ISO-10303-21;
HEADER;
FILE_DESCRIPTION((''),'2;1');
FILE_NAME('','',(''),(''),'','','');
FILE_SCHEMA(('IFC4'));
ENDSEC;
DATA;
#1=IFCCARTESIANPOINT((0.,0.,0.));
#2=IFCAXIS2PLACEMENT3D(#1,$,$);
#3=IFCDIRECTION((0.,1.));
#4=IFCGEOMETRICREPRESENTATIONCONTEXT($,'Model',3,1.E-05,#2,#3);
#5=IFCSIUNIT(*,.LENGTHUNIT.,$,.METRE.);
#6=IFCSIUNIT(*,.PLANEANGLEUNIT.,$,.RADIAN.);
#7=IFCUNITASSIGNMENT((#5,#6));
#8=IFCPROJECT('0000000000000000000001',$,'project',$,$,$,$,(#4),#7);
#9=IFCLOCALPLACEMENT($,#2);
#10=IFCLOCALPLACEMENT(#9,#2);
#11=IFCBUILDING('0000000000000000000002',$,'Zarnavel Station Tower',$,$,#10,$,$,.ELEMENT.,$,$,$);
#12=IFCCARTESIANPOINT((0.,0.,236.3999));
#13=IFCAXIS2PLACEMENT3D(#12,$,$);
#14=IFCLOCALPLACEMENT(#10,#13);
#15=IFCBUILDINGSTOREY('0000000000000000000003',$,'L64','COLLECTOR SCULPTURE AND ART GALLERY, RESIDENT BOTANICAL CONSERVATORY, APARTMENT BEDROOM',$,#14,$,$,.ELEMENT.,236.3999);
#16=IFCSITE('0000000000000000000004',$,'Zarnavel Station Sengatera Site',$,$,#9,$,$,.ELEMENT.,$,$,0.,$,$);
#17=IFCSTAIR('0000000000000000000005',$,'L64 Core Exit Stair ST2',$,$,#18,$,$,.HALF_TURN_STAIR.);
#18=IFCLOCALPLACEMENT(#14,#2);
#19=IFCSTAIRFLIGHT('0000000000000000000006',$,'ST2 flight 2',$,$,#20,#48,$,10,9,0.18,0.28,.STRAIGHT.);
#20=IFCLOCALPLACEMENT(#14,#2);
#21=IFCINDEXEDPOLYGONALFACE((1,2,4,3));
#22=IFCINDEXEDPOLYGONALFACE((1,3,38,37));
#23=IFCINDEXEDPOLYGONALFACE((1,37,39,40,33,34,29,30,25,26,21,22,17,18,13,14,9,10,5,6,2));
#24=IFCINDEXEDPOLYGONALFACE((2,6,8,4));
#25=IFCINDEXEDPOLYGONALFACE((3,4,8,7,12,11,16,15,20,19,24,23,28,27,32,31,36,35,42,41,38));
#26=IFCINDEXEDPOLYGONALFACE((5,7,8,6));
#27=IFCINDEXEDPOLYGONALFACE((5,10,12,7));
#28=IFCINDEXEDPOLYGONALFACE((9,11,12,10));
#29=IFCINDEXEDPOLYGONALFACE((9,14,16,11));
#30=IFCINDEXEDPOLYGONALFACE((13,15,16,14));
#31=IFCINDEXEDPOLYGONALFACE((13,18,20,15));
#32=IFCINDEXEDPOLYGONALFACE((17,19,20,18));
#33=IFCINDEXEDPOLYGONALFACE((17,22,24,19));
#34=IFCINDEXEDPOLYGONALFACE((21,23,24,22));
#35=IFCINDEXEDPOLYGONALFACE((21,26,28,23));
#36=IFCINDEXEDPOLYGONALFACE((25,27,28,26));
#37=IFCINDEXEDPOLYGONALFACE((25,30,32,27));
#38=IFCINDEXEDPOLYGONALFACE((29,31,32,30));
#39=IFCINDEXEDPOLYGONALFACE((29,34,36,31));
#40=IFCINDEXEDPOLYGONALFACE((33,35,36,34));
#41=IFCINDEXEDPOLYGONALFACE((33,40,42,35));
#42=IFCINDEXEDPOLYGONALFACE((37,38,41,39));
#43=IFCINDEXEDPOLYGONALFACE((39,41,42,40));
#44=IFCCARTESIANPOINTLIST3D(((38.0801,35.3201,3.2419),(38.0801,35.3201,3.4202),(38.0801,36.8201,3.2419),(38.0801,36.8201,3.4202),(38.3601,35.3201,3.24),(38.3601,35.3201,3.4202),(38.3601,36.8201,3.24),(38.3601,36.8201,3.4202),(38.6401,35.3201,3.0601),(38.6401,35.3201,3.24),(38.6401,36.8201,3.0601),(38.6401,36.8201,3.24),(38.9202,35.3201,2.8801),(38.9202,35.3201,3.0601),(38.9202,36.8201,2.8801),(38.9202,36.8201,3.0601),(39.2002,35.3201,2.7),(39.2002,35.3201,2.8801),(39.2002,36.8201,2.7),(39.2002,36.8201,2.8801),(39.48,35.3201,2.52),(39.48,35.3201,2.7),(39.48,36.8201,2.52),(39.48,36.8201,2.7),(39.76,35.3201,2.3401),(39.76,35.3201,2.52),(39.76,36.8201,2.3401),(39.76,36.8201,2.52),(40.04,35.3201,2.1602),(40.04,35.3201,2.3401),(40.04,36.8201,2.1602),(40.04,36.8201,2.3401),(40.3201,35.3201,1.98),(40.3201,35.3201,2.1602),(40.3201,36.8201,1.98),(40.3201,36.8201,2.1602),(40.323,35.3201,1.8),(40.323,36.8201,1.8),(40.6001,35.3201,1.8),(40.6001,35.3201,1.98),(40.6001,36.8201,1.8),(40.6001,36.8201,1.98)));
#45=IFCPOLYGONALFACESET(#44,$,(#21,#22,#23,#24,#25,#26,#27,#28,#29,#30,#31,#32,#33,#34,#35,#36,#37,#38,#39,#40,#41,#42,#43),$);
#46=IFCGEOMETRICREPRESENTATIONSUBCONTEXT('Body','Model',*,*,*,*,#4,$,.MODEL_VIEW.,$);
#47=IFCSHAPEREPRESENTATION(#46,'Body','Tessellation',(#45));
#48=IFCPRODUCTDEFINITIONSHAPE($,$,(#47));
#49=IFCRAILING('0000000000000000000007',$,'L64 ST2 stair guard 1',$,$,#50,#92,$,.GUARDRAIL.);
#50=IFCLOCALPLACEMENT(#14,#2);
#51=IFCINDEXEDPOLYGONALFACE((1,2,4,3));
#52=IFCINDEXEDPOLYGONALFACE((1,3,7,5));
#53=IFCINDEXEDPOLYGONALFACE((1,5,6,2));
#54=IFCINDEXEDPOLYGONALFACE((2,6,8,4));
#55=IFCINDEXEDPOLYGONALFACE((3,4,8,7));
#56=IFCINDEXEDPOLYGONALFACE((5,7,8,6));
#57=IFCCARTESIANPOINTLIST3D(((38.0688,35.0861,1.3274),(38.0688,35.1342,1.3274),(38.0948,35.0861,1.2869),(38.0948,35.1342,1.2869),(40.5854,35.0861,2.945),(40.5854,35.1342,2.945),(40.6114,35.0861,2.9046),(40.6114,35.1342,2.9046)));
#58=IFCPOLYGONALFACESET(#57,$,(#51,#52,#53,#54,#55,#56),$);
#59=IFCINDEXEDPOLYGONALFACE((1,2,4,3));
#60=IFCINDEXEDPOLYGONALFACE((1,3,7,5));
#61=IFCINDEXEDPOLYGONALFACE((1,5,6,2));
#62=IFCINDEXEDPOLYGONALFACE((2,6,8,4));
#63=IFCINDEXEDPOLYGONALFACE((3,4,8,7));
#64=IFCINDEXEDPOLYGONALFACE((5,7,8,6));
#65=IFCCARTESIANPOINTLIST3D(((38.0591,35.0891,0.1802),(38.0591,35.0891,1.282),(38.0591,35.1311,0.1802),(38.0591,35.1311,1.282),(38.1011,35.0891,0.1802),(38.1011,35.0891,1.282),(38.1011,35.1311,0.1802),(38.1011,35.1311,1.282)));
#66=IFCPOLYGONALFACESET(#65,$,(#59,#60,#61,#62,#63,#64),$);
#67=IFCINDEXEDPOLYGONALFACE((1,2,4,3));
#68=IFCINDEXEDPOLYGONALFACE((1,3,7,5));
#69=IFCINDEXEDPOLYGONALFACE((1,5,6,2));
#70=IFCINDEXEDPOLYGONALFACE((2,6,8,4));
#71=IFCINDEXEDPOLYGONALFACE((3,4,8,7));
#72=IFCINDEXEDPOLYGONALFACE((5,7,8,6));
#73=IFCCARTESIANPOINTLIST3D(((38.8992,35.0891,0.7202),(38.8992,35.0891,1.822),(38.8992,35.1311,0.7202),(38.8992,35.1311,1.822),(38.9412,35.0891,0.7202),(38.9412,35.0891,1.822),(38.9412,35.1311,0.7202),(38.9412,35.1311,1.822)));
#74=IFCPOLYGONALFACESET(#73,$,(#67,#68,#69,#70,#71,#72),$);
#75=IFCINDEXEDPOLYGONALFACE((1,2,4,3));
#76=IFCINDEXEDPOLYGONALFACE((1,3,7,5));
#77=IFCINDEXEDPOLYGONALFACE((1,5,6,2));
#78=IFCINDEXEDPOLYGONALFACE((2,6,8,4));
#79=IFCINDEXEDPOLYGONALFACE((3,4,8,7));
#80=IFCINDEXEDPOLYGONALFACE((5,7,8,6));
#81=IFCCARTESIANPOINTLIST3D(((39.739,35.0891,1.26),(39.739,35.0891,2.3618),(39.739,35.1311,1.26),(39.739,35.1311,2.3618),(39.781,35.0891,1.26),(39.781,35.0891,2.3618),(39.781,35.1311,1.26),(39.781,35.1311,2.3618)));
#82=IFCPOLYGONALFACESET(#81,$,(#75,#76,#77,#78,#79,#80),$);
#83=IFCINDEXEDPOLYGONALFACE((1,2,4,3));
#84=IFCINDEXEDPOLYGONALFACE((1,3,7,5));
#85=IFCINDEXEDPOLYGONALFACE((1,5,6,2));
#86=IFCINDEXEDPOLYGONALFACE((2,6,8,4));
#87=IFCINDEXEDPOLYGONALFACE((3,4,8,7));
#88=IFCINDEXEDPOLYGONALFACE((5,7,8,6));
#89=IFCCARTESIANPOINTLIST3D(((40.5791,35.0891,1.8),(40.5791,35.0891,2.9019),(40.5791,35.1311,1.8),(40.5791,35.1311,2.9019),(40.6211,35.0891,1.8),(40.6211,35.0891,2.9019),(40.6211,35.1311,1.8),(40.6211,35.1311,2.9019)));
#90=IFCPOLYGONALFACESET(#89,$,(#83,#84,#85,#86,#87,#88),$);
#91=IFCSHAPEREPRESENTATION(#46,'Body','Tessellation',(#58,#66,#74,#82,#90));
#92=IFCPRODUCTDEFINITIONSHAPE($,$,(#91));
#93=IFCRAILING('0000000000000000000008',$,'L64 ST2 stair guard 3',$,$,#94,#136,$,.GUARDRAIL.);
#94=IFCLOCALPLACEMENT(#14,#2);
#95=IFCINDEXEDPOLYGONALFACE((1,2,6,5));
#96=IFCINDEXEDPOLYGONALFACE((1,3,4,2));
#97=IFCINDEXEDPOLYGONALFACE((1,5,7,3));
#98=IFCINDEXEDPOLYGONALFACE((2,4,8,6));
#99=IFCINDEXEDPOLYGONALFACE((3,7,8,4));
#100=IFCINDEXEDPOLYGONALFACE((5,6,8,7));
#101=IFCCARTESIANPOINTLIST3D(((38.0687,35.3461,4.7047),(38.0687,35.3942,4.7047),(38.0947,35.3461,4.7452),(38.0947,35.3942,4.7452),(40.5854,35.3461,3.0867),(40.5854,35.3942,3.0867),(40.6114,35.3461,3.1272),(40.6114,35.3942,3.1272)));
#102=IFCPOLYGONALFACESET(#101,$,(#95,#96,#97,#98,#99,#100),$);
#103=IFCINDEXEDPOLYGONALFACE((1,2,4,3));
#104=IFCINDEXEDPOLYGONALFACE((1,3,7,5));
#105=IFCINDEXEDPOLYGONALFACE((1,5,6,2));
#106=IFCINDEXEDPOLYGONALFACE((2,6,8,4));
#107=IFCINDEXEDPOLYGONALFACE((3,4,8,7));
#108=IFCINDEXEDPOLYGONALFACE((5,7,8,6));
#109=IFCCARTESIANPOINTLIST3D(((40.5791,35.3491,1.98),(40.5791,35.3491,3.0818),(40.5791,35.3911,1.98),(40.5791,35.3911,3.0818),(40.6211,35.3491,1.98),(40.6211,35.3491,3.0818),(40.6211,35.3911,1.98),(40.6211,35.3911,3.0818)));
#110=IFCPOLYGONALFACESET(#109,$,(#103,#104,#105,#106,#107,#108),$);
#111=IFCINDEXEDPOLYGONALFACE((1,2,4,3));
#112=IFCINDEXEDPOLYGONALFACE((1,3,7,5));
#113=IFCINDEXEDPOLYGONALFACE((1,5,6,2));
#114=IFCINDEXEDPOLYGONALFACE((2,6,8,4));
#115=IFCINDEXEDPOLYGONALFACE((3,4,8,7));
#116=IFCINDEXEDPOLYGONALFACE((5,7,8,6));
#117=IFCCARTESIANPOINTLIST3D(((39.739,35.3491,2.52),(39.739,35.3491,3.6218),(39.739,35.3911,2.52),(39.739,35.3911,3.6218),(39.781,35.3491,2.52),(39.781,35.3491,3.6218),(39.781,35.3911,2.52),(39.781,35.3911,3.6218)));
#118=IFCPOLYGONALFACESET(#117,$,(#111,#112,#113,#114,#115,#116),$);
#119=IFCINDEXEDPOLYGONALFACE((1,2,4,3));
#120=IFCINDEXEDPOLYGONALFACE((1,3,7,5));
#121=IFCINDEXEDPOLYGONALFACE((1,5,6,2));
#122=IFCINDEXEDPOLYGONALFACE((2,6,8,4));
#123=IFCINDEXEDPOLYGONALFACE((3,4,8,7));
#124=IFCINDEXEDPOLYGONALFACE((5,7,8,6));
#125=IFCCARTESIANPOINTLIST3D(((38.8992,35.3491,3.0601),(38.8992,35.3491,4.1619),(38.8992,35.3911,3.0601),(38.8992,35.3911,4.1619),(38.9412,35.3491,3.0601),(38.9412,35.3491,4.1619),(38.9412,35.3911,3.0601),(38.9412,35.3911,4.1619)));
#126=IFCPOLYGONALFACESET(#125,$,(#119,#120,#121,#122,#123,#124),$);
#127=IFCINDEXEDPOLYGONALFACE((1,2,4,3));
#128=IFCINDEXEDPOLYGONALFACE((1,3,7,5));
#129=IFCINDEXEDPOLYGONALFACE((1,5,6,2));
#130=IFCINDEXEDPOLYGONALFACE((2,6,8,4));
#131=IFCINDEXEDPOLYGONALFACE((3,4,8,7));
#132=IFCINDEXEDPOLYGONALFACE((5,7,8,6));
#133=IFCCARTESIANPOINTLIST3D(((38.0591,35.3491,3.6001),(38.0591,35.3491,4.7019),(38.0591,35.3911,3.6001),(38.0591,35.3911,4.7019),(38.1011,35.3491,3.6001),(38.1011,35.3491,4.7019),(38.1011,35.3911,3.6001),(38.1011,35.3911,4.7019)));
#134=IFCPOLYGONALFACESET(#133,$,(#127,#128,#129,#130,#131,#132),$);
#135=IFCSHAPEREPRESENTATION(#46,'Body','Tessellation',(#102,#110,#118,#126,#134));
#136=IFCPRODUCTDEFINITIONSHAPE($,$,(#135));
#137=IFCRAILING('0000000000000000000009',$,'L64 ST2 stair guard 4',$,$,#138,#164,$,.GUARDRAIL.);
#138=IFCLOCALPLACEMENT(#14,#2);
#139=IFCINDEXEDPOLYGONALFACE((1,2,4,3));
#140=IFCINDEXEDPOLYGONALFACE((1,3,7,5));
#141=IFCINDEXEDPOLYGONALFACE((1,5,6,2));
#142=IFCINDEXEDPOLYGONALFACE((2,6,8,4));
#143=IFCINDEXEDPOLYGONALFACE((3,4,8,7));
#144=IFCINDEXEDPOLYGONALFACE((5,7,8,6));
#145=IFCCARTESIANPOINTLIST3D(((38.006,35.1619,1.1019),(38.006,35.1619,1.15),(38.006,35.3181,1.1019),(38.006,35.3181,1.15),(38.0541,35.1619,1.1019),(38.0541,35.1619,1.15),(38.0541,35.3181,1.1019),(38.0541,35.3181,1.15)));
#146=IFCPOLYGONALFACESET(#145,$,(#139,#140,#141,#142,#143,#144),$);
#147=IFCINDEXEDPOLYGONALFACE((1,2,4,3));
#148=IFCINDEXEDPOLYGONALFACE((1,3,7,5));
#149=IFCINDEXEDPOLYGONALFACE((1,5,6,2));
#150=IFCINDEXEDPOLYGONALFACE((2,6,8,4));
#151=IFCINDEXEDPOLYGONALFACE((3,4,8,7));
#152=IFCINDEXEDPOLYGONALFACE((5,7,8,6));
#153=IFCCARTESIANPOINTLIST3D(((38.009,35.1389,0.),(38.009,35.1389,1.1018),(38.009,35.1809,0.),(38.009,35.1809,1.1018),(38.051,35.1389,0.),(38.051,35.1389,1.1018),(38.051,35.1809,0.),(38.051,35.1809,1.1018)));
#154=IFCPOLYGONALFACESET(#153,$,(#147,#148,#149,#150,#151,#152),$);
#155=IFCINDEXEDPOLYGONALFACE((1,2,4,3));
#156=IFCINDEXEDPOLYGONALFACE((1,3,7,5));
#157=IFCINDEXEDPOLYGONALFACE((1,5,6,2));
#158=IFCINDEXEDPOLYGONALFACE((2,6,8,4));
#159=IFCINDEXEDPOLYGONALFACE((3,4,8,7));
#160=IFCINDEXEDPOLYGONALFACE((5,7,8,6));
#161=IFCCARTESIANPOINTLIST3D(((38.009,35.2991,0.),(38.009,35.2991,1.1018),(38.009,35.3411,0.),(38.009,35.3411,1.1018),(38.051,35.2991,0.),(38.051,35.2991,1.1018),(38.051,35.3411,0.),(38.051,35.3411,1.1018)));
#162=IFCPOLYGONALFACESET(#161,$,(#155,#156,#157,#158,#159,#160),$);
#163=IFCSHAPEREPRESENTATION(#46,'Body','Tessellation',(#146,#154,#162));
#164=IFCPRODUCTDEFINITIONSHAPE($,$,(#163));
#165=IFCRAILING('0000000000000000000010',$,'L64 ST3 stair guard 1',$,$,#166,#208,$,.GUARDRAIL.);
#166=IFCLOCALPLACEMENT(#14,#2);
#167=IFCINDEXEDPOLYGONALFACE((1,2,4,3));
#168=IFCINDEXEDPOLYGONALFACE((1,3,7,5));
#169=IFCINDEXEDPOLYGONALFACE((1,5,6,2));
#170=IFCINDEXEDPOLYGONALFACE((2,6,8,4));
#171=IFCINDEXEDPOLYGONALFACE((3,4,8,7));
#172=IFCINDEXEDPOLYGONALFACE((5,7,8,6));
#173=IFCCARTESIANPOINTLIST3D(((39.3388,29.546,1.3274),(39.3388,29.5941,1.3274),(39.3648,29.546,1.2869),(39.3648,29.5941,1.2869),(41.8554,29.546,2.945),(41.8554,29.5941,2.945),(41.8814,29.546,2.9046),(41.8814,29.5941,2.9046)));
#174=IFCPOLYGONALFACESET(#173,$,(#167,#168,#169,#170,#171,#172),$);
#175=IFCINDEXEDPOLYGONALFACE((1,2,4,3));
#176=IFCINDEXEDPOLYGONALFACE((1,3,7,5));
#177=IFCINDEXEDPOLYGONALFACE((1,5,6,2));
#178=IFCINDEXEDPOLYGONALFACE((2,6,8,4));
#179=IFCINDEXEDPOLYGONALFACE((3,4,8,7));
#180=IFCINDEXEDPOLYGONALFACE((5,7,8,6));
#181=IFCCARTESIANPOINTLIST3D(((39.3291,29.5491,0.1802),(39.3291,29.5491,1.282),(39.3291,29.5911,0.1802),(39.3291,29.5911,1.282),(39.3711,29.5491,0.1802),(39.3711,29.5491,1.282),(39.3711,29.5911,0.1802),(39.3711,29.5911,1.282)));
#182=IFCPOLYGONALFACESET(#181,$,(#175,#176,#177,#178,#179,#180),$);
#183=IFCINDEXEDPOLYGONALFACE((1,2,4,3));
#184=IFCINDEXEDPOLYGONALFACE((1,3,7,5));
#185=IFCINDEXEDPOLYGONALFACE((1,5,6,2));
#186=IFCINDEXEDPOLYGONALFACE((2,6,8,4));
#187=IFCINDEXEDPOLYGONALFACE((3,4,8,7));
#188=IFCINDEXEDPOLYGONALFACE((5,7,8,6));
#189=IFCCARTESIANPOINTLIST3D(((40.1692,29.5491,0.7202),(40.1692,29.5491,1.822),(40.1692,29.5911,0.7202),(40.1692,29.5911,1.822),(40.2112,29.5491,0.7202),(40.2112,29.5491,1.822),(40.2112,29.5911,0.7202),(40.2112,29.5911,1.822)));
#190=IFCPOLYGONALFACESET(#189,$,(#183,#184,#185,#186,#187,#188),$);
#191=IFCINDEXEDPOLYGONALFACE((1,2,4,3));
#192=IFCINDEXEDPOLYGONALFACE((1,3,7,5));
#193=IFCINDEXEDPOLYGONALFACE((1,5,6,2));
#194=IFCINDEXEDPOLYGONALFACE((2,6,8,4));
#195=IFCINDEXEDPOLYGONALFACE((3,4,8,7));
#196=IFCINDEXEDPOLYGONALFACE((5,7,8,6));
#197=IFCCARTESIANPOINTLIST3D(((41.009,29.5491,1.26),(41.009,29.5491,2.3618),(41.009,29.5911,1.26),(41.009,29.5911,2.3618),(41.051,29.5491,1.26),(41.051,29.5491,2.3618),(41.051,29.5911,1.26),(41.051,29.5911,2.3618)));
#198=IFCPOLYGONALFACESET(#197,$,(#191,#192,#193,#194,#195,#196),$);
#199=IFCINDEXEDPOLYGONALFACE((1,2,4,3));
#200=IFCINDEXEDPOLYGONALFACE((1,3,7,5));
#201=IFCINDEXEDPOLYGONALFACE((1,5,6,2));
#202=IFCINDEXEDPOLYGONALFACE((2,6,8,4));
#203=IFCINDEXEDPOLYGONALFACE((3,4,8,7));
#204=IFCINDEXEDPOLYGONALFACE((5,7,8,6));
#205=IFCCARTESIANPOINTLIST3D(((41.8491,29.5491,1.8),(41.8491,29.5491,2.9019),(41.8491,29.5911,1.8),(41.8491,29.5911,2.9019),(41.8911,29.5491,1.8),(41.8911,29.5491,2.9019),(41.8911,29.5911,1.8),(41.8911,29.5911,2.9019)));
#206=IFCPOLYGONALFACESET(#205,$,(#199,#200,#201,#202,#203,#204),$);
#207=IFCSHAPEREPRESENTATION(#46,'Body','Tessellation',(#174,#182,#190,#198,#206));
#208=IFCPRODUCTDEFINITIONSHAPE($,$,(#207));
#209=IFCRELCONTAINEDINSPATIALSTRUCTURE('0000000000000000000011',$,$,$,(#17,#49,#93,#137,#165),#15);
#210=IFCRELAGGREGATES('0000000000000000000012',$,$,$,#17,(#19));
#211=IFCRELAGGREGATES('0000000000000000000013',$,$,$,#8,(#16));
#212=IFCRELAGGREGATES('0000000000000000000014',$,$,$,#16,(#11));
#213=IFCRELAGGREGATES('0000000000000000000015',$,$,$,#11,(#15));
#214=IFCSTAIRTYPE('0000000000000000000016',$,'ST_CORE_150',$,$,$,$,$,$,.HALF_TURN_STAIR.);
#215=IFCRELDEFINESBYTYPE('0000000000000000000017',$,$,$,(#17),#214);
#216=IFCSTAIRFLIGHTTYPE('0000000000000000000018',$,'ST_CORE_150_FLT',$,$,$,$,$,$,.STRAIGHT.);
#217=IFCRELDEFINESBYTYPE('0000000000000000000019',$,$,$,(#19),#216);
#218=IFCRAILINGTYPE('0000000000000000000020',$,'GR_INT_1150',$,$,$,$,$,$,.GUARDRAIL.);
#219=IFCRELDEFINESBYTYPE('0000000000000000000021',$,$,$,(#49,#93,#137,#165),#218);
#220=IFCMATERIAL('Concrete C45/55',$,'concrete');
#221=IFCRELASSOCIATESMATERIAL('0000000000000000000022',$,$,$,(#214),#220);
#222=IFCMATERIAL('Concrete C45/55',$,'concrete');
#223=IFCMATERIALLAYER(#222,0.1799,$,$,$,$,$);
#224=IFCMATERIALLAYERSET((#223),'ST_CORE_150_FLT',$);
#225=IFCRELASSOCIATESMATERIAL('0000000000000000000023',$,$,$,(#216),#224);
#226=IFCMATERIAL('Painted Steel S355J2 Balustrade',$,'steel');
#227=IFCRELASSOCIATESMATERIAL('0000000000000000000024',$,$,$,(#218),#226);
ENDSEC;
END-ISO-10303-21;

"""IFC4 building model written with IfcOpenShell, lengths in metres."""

from ifc_helpers import new_model, si_unit, direction, frame, origin, origin_2d, place, context, subcontext, project, spatial, polyline, rectangle, outline, extrude, material, layer, layer_set, type_object, element, aggregate, save


model = new_model("IFC4")

# Units and contexts
model_context = context("Model", 3, precision=1e-05, world=origin(), true_north=direction((0.0, 1.0)))
body_context = subcontext(model_context, "Body", "Model", "MODEL_VIEW")
ifc_project = project(units=[si_unit("LENGTHUNIT", "METRE"), si_unit("PLANEANGLEUNIT", "RADIAN")], contexts=[model_context])

# Site, building, storey
site_placement = place(None, origin())
site = spatial("IfcSite", under=ifc_project, at=site_placement, Name="Zarnavel Station Sengatera Site", CompositionType="ELEMENT", RefElevation=0.0)
building_placement = place(site_placement, origin())
building = spatial("IfcBuilding", under=site, at=building_placement, Name="Zarnavel Station Tower", CompositionType="ELEMENT")
storey_placement = place(building_placement, frame((0.0, 0.0, 236.3999)))
storey = spatial("IfcBuildingStorey", under=building, at=storey_placement, Name="L64", Description="COLLECTOR SCULPTURE AND ART GALLERY, RESIDENT BOTANICAL CONSERVATORY, APARTMENT BEDROOM", CompositionType="ELEMENT", Elevation=236.3999)

# Stair, stair flight
ifc_material_1 = material(Name="Concrete C45/55", Category="concrete")
stair_type = type_object("IfcStairType", Name="ST_CORE_150", PredefinedType="HALF_TURN_STAIR", material=ifc_material_1)
stair_placement = place(storey_placement, origin())
stair = element("IfcStair", 1, at=stair_placement, inside=storey, type_object=stair_type, Name="L64 Core Exit Stair ST2", PredefinedType="HALF_TURN_STAIR")
ifc_material_2 = material(Name="Concrete C45/55", Category="concrete")
ifc_layer_1 = layer(ifc_material_2, 0.1799)
ifc_layer_set_1 = layer_set([ifc_layer_1], Name="ST_CORE_150_FLT")
stair_flight_type = type_object("IfcStairFlightType", Name="ST_CORE_150_FLT", PredefinedType="STRAIGHT", material=ifc_layer_set_1)
stair_flight_1_placement = place(storey_placement, frame((40.6001, 36.0701, 1.8), z_axis=(0.0, 0.0, 1.0), x_axis=(-1.0, 0.0, 0.0)))
stair_flight_1 = element("IfcStairFlight", 2, at=stair_flight_1_placement, type_object=stair_flight_type, Name="ST2 flight 2", NumberOfRisers=10, NumberOfTreads=9, PredefinedType="STRAIGHT", RiserHeight=0.18, TreadLength=0.28, context=body_context, shape_type="SweptSolid", body=[
    extrude(outline(polyline([(0.0, 0.0), (0.0, 0.1799), (0.28, 0.1799), (0.28, 0.3601), (0.5601, 0.3601), (0.5601, 0.54), (0.8401, 0.54), (0.8401, 0.72), (1.1201, 0.72), (1.1201, 0.8999), (1.3999, 0.8999), (1.3999, 1.0801), (1.6799, 1.0801), (1.6799, 1.26), (1.96, 1.26), (1.96, 1.4399), (2.24, 1.4399), (2.24, 1.6201), (2.52, 1.6201), (2.52, 1.8), (2.52, 1.4419), (0.2771, 0.0), (0.0, 0.0)])), frame((0.0, 0.75, 0.0), z_axis=(0.0, -1.0, 0.0), x_axis=(1.0, 0.0, 0.0)), (0.0, 0.0, 1.0), 1.5),
])
aggregate(stair, [stair_flight_1])

# Railings
ifc_material_3 = material(Name="Painted Steel S355J2 Balustrade", Category="steel")
railing_type_1 = type_object("IfcRailingType", Name="GR_INT_1150", PredefinedType="GUARDRAIL", material=ifc_material_3)
railing_1_placement = place(storey_placement, frame((38.0801, 35.1101, 0.1802)))
element("IfcRailing", 3, at=railing_1_placement, inside=storey, type_object=railing_type_1, Name="L64 ST2 stair guard 1", PredefinedType="GUARDRAIL", context=body_context, shape_type="SweptSolid", body=[
    extrude(rectangle(XDim=0.0481, YDim=0.0481, at=origin_2d()), frame((0.0017, 0.0, 1.127), z_axis=(0.8412, 0.0, 0.540725), x_axis=(0.0, 1.0, 0.0)), (0.0, 0.0, 1.0), 2.9917),
    extrude(rectangle(XDim=0.042, YDim=0.042, at=origin_2d()), origin(), (0.0, 0.0, 1.0), 1.1018),
    extrude(rectangle(XDim=0.042, YDim=0.042, at=origin_2d()), frame((0.8401, 0.0, 0.54)), (0.0, 0.0, 1.0), 1.1018),
    extrude(rectangle(XDim=0.042, YDim=0.042, at=origin_2d()), frame((1.6799, 0.0, 1.0798)), (0.0, 0.0, 1.0), 1.1018),
    extrude(rectangle(XDim=0.042, YDim=0.042, at=origin_2d()), frame((2.52, 0.0, 1.6199)), (0.0, 0.0, 1.0), 1.1018),
])
railing_2_placement = place(storey_placement, frame((40.6001, 35.3701, 1.98)))
element("IfcRailing", 4, at=railing_2_placement, inside=storey, type_object=railing_type_1, Name="L64 ST2 stair guard 3", PredefinedType="GUARDRAIL", context=body_context, shape_type="SweptSolid", body=[
    extrude(rectangle(XDim=0.0481, YDim=0.0481, at=origin_2d()), frame((-0.0017, 0.0, 1.127), z_axis=(-0.841163, 0.0, 0.540782), x_axis=(0.0, -1.0, 0.0)), (0.0, 0.0, 1.0), 2.9919),
    extrude(rectangle(XDim=0.042, YDim=0.042, at=origin_2d()), origin(), (0.0, 0.0, 1.0), 1.1018),
    extrude(rectangle(XDim=0.042, YDim=0.042, at=origin_2d()), frame((-0.8401, 0.0, 0.54)), (0.0, 0.0, 1.0), 1.1018),
    extrude(rectangle(XDim=0.042, YDim=0.042, at=origin_2d()), frame((-1.6799, 0.0, 1.0801)), (0.0, 0.0, 1.0), 1.1018),
    extrude(rectangle(XDim=0.042, YDim=0.042, at=origin_2d()), frame((-2.52, 0.0, 1.6201)), (0.0, 0.0, 1.0), 1.1018),
])
railing_3_placement = place(storey_placement, frame((38.03, 35.1599, 0.0)))
element("IfcRailing", 5, at=railing_3_placement, inside=storey, type_object=railing_type_1, Name="L64 ST2 stair guard 4", PredefinedType="GUARDRAIL", context=body_context, shape_type="SweptSolid", body=[
    extrude(rectangle(XDim=0.0481, YDim=0.0481, at=origin_2d()), frame((0.0, 0.002, 1.126), z_axis=(0.0, 1.0, 0.0), x_axis=(-1.0, 0.0, 0.0)), (0.0, 0.0, 1.0), 0.1562),
    extrude(rectangle(XDim=0.042, YDim=0.042, at=origin_2d()), origin(), (0.0, 0.0, 1.0), 1.1018),
    extrude(rectangle(XDim=0.042, YDim=0.042, at=origin_2d()), frame((0.0, 0.1602, 0.0)), (0.0, 0.0, 1.0), 1.1018),
])
railing_4_placement = place(storey_placement, frame((39.3501, 29.5701, 0.1802)))
element("IfcRailing", 6, at=railing_4_placement, inside=storey, type_object=railing_type_1, Name="L64 ST3 stair guard 1", PredefinedType="GUARDRAIL", context=body_context, shape_type="SweptSolid", body=[
    extrude(rectangle(XDim=0.0481, YDim=0.0481, at=origin_2d()), frame((0.0017, 0.0, 1.127), z_axis=(0.8412, 0.0, 0.540725), x_axis=(0.0, 1.0, 0.0)), (0.0, 0.0, 1.0), 2.9917),
    extrude(rectangle(XDim=0.042, YDim=0.042, at=origin_2d()), origin(), (0.0, 0.0, 1.0), 1.1018),
    extrude(rectangle(XDim=0.042, YDim=0.042, at=origin_2d()), frame((0.8401, 0.0, 0.54)), (0.0, 0.0, 1.0), 1.1018),
    extrude(rectangle(XDim=0.042, YDim=0.042, at=origin_2d()), frame((1.6799, 0.0, 1.0798)), (0.0, 0.0, 1.0), 1.1018),
    extrude(rectangle(XDim=0.042, YDim=0.042, at=origin_2d()), frame((2.52, 0.0, 1.6199)), (0.0, 0.0, 1.0), 1.1018),
])

save(model, "model.ifc")
